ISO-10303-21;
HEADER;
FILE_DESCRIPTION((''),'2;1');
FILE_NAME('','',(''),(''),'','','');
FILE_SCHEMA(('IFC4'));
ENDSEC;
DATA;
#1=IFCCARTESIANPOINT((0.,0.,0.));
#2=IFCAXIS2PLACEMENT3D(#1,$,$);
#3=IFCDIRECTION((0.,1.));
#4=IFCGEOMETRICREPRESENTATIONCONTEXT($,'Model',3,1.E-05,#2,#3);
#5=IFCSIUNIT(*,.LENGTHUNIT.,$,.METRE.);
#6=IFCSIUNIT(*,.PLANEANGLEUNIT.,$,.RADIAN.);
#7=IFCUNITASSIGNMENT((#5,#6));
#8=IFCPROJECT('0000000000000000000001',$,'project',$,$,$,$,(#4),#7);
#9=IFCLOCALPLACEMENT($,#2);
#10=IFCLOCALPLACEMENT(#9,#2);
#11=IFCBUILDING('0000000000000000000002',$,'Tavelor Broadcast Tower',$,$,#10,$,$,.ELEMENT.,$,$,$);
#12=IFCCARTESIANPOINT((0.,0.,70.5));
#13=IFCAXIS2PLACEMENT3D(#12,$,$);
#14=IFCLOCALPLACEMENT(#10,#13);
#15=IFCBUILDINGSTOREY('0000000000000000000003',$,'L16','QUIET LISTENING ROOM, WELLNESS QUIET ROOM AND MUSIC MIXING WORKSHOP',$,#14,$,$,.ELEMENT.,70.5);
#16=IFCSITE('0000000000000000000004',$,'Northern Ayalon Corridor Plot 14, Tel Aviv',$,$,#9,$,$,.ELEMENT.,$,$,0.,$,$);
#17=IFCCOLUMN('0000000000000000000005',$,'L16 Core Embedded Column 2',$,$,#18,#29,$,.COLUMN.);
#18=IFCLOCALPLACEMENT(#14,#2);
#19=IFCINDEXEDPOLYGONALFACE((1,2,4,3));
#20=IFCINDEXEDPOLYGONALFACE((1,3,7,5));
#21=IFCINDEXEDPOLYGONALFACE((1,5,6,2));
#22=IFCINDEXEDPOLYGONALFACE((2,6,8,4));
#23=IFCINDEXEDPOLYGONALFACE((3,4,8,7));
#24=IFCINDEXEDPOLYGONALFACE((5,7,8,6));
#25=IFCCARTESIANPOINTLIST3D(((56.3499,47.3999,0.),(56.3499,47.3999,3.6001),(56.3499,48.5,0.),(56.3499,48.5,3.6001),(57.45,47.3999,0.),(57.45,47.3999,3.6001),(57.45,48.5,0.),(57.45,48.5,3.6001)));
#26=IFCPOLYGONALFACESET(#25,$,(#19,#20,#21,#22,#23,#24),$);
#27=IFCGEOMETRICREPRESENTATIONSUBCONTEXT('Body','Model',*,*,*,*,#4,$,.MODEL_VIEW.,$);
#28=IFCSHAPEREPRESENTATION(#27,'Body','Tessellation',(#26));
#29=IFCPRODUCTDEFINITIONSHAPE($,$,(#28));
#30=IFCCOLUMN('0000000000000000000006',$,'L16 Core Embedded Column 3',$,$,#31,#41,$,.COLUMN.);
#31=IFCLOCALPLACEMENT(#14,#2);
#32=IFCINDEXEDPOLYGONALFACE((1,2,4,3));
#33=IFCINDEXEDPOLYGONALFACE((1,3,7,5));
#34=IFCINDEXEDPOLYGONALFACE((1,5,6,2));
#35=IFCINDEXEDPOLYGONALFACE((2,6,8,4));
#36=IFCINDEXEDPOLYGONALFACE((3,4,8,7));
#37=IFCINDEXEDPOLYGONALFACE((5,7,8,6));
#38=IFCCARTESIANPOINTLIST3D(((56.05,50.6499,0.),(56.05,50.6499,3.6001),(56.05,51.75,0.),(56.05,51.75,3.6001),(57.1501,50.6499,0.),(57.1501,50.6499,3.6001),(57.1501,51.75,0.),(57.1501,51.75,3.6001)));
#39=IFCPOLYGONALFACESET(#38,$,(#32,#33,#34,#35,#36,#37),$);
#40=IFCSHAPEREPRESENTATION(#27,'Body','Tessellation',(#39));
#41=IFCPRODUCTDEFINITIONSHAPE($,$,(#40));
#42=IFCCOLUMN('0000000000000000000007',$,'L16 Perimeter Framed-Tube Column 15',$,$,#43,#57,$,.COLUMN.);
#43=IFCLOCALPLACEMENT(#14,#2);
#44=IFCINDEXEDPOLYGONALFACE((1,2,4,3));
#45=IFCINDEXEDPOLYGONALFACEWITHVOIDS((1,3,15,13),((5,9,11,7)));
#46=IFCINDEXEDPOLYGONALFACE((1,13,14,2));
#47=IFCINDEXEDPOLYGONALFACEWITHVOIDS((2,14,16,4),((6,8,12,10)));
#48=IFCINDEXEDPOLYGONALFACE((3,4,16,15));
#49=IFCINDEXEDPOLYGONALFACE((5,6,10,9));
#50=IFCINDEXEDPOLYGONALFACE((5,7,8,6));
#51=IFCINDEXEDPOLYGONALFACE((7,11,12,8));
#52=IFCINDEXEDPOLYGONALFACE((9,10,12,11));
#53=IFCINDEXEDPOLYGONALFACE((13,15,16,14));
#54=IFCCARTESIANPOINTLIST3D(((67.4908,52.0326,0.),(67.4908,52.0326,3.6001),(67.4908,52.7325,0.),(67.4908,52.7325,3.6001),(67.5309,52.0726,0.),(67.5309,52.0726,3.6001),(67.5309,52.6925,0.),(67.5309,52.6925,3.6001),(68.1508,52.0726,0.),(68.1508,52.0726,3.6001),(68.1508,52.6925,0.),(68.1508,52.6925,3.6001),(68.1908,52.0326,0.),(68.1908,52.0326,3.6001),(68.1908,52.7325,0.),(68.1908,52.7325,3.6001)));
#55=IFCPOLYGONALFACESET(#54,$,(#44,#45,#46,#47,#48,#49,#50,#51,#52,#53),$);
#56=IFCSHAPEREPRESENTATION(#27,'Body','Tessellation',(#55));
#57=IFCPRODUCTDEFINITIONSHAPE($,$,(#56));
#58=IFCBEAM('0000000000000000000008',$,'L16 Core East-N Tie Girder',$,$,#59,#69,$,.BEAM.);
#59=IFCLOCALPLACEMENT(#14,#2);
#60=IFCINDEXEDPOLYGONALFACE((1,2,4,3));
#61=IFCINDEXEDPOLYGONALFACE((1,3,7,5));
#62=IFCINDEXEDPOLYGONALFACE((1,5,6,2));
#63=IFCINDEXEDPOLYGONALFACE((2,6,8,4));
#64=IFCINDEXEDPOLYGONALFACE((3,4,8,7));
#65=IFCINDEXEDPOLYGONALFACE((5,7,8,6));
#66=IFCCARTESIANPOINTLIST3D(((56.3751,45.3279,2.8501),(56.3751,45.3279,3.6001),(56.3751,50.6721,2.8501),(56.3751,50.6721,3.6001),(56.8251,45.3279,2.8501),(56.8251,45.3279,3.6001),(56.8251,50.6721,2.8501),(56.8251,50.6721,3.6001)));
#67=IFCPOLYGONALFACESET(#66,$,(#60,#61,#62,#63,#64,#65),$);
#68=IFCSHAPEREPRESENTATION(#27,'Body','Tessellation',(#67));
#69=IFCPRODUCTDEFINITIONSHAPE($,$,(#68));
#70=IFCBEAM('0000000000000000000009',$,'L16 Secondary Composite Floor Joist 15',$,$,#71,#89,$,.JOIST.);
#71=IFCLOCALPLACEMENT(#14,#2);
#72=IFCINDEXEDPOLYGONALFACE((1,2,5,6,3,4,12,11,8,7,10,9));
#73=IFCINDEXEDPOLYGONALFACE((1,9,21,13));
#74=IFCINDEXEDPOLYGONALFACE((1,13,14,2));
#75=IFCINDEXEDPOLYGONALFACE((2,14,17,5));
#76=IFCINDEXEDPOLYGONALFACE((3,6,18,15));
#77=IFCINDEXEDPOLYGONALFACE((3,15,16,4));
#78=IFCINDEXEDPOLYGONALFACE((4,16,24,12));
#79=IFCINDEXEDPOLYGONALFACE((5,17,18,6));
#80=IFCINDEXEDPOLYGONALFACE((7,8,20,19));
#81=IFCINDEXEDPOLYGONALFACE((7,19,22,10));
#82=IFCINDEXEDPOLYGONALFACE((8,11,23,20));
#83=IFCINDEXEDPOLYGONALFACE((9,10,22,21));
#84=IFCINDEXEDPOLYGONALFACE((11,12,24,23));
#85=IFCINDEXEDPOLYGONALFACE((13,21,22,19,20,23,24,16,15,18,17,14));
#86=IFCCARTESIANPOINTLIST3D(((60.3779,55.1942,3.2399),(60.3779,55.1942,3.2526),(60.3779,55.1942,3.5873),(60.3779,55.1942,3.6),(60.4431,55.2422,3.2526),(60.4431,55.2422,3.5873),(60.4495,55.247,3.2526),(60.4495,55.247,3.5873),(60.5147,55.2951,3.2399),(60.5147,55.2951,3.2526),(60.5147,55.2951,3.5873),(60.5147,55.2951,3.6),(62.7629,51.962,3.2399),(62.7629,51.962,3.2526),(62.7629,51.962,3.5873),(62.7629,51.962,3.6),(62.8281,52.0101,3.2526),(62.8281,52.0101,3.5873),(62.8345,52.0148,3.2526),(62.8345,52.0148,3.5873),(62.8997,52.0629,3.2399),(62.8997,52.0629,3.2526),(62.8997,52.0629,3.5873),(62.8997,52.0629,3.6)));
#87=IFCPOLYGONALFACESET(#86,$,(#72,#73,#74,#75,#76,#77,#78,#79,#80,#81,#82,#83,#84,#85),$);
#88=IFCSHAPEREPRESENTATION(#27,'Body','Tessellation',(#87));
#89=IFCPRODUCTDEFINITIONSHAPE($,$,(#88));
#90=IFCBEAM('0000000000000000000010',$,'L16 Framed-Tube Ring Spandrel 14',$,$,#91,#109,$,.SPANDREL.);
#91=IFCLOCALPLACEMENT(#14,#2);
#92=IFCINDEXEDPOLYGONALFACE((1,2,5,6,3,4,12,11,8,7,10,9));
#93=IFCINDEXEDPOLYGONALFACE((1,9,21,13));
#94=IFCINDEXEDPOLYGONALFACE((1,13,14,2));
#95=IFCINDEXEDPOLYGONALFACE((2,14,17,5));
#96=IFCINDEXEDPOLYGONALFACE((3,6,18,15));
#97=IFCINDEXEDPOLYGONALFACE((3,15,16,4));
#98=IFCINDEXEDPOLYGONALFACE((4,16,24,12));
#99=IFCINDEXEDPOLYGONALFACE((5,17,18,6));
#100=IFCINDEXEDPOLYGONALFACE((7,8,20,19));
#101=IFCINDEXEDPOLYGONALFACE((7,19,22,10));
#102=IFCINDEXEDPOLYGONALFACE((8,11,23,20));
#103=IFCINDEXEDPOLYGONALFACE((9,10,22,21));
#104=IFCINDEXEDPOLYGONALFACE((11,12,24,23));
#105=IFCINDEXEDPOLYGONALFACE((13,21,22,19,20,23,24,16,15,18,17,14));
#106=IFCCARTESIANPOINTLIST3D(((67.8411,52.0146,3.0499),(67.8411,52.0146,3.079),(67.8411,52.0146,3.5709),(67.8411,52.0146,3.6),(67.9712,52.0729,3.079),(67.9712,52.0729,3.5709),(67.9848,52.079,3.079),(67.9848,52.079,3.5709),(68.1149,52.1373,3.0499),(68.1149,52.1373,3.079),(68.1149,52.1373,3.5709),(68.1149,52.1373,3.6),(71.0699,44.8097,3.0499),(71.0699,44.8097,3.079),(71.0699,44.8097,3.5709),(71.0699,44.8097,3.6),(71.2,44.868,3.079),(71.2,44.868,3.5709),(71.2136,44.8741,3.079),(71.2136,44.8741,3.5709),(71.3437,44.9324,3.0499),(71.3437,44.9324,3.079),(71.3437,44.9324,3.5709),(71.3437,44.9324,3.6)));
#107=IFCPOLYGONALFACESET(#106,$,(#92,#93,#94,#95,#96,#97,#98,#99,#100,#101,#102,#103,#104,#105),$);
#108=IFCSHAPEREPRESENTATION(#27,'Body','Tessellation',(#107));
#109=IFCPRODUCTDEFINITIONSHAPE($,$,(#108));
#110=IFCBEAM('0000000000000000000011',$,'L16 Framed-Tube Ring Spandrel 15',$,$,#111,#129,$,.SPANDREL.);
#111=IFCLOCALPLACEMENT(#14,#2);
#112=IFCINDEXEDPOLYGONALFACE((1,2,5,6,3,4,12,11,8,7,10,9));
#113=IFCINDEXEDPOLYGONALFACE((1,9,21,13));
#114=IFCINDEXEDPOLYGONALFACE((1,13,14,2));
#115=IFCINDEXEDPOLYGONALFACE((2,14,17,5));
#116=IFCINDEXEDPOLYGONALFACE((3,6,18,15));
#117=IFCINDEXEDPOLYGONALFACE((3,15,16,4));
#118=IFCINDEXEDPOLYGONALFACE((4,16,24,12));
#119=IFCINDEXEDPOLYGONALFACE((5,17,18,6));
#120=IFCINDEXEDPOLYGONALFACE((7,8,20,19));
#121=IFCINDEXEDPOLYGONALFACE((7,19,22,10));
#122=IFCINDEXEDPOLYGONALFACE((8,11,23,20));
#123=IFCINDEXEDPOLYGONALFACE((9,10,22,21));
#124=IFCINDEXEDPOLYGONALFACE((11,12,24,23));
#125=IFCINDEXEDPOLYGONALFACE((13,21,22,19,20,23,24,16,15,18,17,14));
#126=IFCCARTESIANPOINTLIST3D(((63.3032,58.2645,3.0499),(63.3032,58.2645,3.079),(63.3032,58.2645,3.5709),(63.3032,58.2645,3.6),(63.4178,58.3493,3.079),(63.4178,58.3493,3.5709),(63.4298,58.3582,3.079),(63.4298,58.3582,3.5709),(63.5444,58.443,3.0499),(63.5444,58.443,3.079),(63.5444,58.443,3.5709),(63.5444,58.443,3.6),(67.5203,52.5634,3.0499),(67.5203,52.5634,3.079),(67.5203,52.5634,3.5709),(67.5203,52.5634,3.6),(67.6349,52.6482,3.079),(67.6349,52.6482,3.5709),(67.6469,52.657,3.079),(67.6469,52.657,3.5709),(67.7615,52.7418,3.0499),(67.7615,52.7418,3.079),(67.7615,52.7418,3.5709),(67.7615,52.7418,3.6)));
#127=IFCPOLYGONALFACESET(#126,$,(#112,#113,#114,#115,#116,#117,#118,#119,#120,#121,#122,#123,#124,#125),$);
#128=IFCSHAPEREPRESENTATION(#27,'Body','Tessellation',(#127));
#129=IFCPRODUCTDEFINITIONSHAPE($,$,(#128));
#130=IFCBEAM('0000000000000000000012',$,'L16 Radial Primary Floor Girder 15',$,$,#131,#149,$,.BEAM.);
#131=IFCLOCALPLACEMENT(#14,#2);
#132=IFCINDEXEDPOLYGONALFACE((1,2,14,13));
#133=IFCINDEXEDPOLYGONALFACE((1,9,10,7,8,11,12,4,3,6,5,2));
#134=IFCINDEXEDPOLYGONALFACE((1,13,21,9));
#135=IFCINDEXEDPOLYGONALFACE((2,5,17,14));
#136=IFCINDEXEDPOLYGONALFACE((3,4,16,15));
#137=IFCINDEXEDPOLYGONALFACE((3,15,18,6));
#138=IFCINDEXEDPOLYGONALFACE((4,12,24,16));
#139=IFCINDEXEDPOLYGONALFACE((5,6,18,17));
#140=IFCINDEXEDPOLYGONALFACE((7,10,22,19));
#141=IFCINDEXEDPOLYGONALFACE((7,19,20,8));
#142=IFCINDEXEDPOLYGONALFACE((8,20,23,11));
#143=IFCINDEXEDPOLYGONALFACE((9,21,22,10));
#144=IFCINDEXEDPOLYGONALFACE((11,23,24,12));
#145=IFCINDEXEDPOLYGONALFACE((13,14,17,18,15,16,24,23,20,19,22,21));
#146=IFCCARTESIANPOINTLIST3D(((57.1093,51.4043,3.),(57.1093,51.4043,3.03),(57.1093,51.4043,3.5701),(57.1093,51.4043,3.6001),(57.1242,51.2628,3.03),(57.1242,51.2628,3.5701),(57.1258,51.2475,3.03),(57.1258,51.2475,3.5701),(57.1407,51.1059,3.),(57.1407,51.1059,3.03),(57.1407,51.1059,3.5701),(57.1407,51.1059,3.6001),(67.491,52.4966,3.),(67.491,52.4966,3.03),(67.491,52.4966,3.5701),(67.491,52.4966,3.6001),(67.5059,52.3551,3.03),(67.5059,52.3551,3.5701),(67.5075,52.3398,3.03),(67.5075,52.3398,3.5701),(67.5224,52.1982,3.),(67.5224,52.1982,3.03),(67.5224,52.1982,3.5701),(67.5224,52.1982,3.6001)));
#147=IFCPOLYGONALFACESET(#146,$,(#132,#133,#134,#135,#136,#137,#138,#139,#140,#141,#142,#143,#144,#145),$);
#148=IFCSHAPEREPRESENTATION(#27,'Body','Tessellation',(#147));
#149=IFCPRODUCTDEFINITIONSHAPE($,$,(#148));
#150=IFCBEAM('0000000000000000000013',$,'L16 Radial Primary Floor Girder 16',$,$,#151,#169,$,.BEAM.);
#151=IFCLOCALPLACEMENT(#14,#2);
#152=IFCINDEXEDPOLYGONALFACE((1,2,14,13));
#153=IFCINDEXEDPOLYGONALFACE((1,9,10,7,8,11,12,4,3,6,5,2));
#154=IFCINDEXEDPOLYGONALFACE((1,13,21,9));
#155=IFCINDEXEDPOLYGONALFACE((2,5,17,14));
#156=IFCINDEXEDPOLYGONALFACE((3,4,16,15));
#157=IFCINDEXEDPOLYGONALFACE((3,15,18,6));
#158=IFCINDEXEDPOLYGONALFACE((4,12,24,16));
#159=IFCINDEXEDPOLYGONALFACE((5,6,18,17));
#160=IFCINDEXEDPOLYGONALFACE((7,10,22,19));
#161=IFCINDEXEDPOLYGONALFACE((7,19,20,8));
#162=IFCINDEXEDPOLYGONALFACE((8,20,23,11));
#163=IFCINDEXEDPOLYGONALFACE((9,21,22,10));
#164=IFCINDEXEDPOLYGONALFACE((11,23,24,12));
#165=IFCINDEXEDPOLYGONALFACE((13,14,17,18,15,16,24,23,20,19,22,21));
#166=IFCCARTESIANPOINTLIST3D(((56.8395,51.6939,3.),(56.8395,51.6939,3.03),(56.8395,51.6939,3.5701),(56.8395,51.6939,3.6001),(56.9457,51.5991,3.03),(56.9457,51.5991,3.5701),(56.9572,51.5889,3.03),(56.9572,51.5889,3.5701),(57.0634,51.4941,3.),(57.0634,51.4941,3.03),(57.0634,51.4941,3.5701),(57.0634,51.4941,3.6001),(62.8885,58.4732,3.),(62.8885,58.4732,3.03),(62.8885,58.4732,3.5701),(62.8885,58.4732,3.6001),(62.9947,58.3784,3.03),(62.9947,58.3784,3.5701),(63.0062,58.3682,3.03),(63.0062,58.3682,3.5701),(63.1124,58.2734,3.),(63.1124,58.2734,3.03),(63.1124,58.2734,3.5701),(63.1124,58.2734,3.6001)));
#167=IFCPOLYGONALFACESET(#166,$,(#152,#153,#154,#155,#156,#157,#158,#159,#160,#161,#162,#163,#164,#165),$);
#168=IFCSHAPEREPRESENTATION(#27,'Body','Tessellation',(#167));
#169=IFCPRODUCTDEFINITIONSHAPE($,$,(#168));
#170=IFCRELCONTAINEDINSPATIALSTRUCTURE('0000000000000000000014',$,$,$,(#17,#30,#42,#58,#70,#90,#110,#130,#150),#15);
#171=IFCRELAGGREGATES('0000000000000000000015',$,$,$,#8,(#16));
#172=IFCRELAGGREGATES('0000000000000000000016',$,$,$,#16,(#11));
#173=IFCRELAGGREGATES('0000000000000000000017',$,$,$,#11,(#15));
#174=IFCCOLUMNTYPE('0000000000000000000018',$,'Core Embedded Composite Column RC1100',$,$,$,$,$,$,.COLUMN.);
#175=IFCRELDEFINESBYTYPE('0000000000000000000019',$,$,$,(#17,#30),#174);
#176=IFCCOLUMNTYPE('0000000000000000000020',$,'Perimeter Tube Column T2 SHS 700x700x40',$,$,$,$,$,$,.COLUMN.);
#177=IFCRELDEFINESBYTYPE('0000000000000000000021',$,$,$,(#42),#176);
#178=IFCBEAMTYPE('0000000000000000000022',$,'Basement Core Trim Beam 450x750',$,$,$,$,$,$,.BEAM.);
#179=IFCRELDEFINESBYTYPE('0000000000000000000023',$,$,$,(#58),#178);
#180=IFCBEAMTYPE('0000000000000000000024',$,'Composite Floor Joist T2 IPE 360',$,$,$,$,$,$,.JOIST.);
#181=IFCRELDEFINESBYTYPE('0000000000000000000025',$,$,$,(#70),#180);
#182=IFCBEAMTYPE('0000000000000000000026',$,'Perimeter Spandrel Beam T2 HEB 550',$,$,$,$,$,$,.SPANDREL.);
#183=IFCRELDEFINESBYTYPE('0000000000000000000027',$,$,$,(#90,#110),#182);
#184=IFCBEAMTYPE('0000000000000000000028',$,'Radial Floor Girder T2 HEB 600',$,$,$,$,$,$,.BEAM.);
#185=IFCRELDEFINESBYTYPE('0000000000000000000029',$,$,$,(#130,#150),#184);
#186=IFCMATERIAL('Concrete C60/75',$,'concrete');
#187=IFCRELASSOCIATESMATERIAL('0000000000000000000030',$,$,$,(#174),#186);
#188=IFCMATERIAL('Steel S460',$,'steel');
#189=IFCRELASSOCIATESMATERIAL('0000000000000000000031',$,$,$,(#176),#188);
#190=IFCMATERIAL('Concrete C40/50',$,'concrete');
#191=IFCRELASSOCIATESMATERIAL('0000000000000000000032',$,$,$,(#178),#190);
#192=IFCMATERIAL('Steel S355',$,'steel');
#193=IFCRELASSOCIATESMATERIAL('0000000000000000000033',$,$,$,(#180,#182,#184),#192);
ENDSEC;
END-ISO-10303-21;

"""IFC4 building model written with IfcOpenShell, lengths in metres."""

from ifc_helpers import new_model, si_unit, direction, frame, origin, origin_2d, place, context, subcontext, project, spatial, rectangle, hollow_rectangle, i_section, extrude, material, material_profile, profile_set, type_object, element, save


model = new_model("IFC4")

# Units and contexts
model_context = context("Model", 3, precision=1e-05, world=origin(), true_north=direction((0.0, 1.0)))
body_context = subcontext(model_context, "Body", "Model", "MODEL_VIEW")
ifc_project = project(units=[si_unit("LENGTHUNIT", "METRE"), si_unit("PLANEANGLEUNIT", "RADIAN")], contexts=[model_context])

# Site, building, storey
site_placement = place(None, origin())
site = spatial("IfcSite", under=ifc_project, at=site_placement, Name="Northern Ayalon Corridor Plot 14, Tel Aviv", CompositionType="ELEMENT", RefElevation=0.0)
building_placement = place(site_placement, origin())
building = spatial("IfcBuilding", under=site, at=building_placement, Name="Tavelor Broadcast Tower", CompositionType="ELEMENT")
storey_placement = place(building_placement, frame((0.0, 0.0, 70.5)))
storey = spatial("IfcBuildingStorey", under=building, at=storey_placement, Name="L16", Description="QUIET LISTENING ROOM, WELLNESS QUIET ROOM AND MUSIC MIXING WORKSHOP", CompositionType="ELEMENT", Elevation=70.5)

# Columns
ifc_material_1 = material(Name="Concrete C60/75", Category="concrete")
ifc_material_profile_1 = material_profile(ifc_material_1, rectangle(XDim=1.1001, YDim=1.1001, at=origin_2d()), Name="RC 1100x1100")
ifc_profile_set_1 = profile_set([ifc_material_profile_1], Name="Concrete C60/75")
column_type_1 = type_object("IfcColumnType", Name="Core Embedded Composite Column RC1100", PredefinedType="COLUMN", material=ifc_profile_set_1)
for number, where, z_axis, x_axis, name in (
    (1, (56.8999, 47.95, 0.0), (0.0, 0.0, 1.0), (1.0, 0.0, 0.0), "L16 Core Embedded Column 2"),
    (2, (56.6001, 51.2, 0.0), (0.0, 0.0, 1.0), (1.0, 0.0, 0.0), "L16 Core Embedded Column 3"),
):
    element("IfcColumn", number, at=place(storey_placement, frame(where, z_axis=z_axis, x_axis=x_axis)), inside=storey, type_object=column_type_1, Name=name, PredefinedType="COLUMN", context=body_context, shape_type="SweptSolid", body=[
        extrude(rectangle(XDim=1.1001, YDim=1.1001, at=origin_2d()), origin(), (0.0, 0.0, 1.0), 3.6001),
    ])
ifc_material_2 = material(Name="Steel S460", Category="steel")
ifc_material_profile_2 = material_profile(ifc_material_2, hollow_rectangle(XDim=0.7, YDim=0.7, WallThickness=0.04, at=origin_2d()), Name="SHS 700x700x40")
ifc_profile_set_2 = profile_set([ifc_material_profile_2], Name="Steel S460")
column_type_2 = type_object("IfcColumnType", Name="Perimeter Tube Column T2 SHS 700x700x40", PredefinedType="COLUMN", material=ifc_profile_set_2)
column_placement = place(storey_placement, frame((67.8408, 52.3826, 0.0), z_axis=(0.0, 0.0, 1.0), x_axis=(1.0, 0.0, 0.0)))
element("IfcColumn", 3, at=column_placement, inside=storey, type_object=column_type_2, Name="L16 Perimeter Framed-Tube Column 15", PredefinedType="COLUMN", context=body_context, shape_type="SweptSolid", body=[
    extrude(hollow_rectangle(XDim=0.7, YDim=0.7, WallThickness=0.04, at=origin_2d()), origin(), (0.0, 0.0, 1.0), 3.6001),
])

# Beams
ifc_material_3 = material(Name="Concrete C40/50", Category="concrete")
ifc_material_profile_3 = material_profile(ifc_material_3, rectangle(XDim=0.45, YDim=0.75, at=origin_2d()), Name="RC 450x750")
ifc_profile_set_3 = profile_set([ifc_material_profile_3], Name="Concrete C40/50")
beam_type_1 = type_object("IfcBeamType", Name="Basement Core Trim Beam 450x750", PredefinedType="BEAM", material=ifc_profile_set_3)
beam_1_placement = place(storey_placement, frame((56.6001, 45.3279, 3.2251), z_axis=(0.0, 1.0, 0.0), x_axis=(-1.0, 0.0, 0.0)))
element("IfcBeam", 4, at=beam_1_placement, inside=storey, type_object=beam_type_1, Name="L16 Core East-N Tie Girder", PredefinedType="BEAM", context=body_context, shape_type="SweptSolid", body=[
    extrude(rectangle(XDim=0.45, YDim=0.75, at=origin_2d()), origin(), (0.0, 0.0, 1.0), 5.3442),
])
ifc_material_4 = material(Name="Steel S355", Category="steel")
ifc_material_profile_4 = material_profile(ifc_material_4, i_section(OverallWidth=0.1699, OverallDepth=0.3601, WebThickness=0.0081, FlangeThickness=0.0127, at=origin_2d()), Name="IPE 360")
ifc_profile_set_4 = profile_set([ifc_material_profile_4], Name="Steel S355")
beam_type_2 = type_object("IfcBeamType", Name="Composite Floor Joist T2 IPE 360", PredefinedType="JOIST", material=ifc_profile_set_4)
beam_2_placement = place(storey_placement, frame((62.8313, 52.0125, 3.4199), z_axis=(-0.593748, 0.804651, 0.0), x_axis=(-0.804651, -0.593748, 0.0)))
element("IfcBeam", 5, at=beam_2_placement, inside=storey, type_object=beam_type_2, Name="L16 Secondary Composite Floor Joist 15", PredefinedType="JOIST", context=body_context, shape_type="SweptSolid", body=[
    extrude(i_section(OverallWidth=0.1699, OverallDepth=0.3601, WebThickness=0.0081, FlangeThickness=0.0127, at=origin_2d()), origin(), (0.0, 0.0, 1.0), 4.0168),
])
ifc_material_profile_5 = material_profile(ifc_material_4, i_section(OverallWidth=0.3, OverallDepth=0.55, WebThickness=0.0149, FlangeThickness=0.0291, at=origin_2d()), Name="HEB 550")
ifc_profile_set_5 = profile_set([ifc_material_profile_5], Name="Steel S355")
beam_type_3 = type_object("IfcBeamType", Name="Perimeter Spandrel Beam T2 HEB 550", PredefinedType="SPANDREL", material=ifc_profile_set_5)
beam_3_placement = place(storey_placement, frame((71.2068, 44.8711, 3.325), z_axis=(-0.408951, 0.912556, 0.0), x_axis=(-0.912556, -0.408951, 0.0)))
element("IfcBeam", 6, at=beam_3_placement, inside=storey, type_object=beam_type_3, Name="L16 Framed-Tube Ring Spandrel 14", PredefinedType="SPANDREL", context=body_context, shape_type="SweptSolid", body=[
    extrude(i_section(OverallWidth=0.3, OverallDepth=0.55, WebThickness=0.0149, FlangeThickness=0.0291, at=origin_2d()), origin(), (0.0, 0.0, 1.0), 7.8953),
])
beam_4_placement = place(storey_placement, frame((67.6409, 52.6526, 3.325), z_axis=(-0.594677, 0.803965, 0.0), x_axis=(-0.803965, -0.594677, 0.0)))
element("IfcBeam", 7, at=beam_4_placement, inside=storey, type_object=beam_type_3, Name="L16 Framed-Tube Ring Spandrel 15", PredefinedType="SPANDREL", context=body_context, shape_type="SweptSolid", body=[
    extrude(i_section(OverallWidth=0.3, OverallDepth=0.55, WebThickness=0.0149, FlangeThickness=0.0291, at=origin_2d()), origin(), (0.0, 0.0, 1.0), 7.0913),
])
ifc_material_profile_6 = material_profile(ifc_material_4, i_section(OverallWidth=0.3, OverallDepth=0.6001, WebThickness=0.0154, FlangeThickness=0.03, at=origin_2d()), Name="HEB 600")
ifc_profile_set_6 = profile_set([ifc_material_profile_6], Name="Steel S355")
beam_type_4 = type_object("IfcBeamType", Name="Radial Floor Girder T2 HEB 600", PredefinedType="BEAM", material=ifc_profile_set_6)
beam_5_placement = place(storey_placement, frame((57.125, 51.2551, 3.3), z_axis=(0.994511, 0.104636, 0.0), x_axis=(-0.104636, 0.994511, 0.0)))
element("IfcBeam", 8, at=beam_5_placement, inside=storey, type_object=beam_type_4, Name="L16 Radial Primary Floor Girder 15", PredefinedType="BEAM", context=body_context, shape_type="SweptSolid", body=[
    extrude(i_section(OverallWidth=0.3, OverallDepth=0.6001, WebThickness=0.0154, FlangeThickness=0.03, at=origin_2d()), origin(), (0.0, 0.0, 1.0), 10.439),
])
beam_6_placement = place(storey_placement, frame((56.9514, 51.594, 3.3), z_axis=(0.665779, 0.746149, 0.0), x_axis=(-0.746149, 0.665779, 0.0)))
element("IfcBeam", 9, at=beam_6_placement, inside=storey, type_object=beam_type_4, Name="L16 Radial Primary Floor Girder 16", PredefinedType="BEAM", context=body_context, shape_type="SweptSolid", body=[
    extrude(i_section(OverallWidth=0.3, OverallDepth=0.6001, WebThickness=0.0154, FlangeThickness=0.03, at=origin_2d()), origin(), (0.0, 0.0, 1.0), 9.0857),
])

save(model, "model.ifc")
